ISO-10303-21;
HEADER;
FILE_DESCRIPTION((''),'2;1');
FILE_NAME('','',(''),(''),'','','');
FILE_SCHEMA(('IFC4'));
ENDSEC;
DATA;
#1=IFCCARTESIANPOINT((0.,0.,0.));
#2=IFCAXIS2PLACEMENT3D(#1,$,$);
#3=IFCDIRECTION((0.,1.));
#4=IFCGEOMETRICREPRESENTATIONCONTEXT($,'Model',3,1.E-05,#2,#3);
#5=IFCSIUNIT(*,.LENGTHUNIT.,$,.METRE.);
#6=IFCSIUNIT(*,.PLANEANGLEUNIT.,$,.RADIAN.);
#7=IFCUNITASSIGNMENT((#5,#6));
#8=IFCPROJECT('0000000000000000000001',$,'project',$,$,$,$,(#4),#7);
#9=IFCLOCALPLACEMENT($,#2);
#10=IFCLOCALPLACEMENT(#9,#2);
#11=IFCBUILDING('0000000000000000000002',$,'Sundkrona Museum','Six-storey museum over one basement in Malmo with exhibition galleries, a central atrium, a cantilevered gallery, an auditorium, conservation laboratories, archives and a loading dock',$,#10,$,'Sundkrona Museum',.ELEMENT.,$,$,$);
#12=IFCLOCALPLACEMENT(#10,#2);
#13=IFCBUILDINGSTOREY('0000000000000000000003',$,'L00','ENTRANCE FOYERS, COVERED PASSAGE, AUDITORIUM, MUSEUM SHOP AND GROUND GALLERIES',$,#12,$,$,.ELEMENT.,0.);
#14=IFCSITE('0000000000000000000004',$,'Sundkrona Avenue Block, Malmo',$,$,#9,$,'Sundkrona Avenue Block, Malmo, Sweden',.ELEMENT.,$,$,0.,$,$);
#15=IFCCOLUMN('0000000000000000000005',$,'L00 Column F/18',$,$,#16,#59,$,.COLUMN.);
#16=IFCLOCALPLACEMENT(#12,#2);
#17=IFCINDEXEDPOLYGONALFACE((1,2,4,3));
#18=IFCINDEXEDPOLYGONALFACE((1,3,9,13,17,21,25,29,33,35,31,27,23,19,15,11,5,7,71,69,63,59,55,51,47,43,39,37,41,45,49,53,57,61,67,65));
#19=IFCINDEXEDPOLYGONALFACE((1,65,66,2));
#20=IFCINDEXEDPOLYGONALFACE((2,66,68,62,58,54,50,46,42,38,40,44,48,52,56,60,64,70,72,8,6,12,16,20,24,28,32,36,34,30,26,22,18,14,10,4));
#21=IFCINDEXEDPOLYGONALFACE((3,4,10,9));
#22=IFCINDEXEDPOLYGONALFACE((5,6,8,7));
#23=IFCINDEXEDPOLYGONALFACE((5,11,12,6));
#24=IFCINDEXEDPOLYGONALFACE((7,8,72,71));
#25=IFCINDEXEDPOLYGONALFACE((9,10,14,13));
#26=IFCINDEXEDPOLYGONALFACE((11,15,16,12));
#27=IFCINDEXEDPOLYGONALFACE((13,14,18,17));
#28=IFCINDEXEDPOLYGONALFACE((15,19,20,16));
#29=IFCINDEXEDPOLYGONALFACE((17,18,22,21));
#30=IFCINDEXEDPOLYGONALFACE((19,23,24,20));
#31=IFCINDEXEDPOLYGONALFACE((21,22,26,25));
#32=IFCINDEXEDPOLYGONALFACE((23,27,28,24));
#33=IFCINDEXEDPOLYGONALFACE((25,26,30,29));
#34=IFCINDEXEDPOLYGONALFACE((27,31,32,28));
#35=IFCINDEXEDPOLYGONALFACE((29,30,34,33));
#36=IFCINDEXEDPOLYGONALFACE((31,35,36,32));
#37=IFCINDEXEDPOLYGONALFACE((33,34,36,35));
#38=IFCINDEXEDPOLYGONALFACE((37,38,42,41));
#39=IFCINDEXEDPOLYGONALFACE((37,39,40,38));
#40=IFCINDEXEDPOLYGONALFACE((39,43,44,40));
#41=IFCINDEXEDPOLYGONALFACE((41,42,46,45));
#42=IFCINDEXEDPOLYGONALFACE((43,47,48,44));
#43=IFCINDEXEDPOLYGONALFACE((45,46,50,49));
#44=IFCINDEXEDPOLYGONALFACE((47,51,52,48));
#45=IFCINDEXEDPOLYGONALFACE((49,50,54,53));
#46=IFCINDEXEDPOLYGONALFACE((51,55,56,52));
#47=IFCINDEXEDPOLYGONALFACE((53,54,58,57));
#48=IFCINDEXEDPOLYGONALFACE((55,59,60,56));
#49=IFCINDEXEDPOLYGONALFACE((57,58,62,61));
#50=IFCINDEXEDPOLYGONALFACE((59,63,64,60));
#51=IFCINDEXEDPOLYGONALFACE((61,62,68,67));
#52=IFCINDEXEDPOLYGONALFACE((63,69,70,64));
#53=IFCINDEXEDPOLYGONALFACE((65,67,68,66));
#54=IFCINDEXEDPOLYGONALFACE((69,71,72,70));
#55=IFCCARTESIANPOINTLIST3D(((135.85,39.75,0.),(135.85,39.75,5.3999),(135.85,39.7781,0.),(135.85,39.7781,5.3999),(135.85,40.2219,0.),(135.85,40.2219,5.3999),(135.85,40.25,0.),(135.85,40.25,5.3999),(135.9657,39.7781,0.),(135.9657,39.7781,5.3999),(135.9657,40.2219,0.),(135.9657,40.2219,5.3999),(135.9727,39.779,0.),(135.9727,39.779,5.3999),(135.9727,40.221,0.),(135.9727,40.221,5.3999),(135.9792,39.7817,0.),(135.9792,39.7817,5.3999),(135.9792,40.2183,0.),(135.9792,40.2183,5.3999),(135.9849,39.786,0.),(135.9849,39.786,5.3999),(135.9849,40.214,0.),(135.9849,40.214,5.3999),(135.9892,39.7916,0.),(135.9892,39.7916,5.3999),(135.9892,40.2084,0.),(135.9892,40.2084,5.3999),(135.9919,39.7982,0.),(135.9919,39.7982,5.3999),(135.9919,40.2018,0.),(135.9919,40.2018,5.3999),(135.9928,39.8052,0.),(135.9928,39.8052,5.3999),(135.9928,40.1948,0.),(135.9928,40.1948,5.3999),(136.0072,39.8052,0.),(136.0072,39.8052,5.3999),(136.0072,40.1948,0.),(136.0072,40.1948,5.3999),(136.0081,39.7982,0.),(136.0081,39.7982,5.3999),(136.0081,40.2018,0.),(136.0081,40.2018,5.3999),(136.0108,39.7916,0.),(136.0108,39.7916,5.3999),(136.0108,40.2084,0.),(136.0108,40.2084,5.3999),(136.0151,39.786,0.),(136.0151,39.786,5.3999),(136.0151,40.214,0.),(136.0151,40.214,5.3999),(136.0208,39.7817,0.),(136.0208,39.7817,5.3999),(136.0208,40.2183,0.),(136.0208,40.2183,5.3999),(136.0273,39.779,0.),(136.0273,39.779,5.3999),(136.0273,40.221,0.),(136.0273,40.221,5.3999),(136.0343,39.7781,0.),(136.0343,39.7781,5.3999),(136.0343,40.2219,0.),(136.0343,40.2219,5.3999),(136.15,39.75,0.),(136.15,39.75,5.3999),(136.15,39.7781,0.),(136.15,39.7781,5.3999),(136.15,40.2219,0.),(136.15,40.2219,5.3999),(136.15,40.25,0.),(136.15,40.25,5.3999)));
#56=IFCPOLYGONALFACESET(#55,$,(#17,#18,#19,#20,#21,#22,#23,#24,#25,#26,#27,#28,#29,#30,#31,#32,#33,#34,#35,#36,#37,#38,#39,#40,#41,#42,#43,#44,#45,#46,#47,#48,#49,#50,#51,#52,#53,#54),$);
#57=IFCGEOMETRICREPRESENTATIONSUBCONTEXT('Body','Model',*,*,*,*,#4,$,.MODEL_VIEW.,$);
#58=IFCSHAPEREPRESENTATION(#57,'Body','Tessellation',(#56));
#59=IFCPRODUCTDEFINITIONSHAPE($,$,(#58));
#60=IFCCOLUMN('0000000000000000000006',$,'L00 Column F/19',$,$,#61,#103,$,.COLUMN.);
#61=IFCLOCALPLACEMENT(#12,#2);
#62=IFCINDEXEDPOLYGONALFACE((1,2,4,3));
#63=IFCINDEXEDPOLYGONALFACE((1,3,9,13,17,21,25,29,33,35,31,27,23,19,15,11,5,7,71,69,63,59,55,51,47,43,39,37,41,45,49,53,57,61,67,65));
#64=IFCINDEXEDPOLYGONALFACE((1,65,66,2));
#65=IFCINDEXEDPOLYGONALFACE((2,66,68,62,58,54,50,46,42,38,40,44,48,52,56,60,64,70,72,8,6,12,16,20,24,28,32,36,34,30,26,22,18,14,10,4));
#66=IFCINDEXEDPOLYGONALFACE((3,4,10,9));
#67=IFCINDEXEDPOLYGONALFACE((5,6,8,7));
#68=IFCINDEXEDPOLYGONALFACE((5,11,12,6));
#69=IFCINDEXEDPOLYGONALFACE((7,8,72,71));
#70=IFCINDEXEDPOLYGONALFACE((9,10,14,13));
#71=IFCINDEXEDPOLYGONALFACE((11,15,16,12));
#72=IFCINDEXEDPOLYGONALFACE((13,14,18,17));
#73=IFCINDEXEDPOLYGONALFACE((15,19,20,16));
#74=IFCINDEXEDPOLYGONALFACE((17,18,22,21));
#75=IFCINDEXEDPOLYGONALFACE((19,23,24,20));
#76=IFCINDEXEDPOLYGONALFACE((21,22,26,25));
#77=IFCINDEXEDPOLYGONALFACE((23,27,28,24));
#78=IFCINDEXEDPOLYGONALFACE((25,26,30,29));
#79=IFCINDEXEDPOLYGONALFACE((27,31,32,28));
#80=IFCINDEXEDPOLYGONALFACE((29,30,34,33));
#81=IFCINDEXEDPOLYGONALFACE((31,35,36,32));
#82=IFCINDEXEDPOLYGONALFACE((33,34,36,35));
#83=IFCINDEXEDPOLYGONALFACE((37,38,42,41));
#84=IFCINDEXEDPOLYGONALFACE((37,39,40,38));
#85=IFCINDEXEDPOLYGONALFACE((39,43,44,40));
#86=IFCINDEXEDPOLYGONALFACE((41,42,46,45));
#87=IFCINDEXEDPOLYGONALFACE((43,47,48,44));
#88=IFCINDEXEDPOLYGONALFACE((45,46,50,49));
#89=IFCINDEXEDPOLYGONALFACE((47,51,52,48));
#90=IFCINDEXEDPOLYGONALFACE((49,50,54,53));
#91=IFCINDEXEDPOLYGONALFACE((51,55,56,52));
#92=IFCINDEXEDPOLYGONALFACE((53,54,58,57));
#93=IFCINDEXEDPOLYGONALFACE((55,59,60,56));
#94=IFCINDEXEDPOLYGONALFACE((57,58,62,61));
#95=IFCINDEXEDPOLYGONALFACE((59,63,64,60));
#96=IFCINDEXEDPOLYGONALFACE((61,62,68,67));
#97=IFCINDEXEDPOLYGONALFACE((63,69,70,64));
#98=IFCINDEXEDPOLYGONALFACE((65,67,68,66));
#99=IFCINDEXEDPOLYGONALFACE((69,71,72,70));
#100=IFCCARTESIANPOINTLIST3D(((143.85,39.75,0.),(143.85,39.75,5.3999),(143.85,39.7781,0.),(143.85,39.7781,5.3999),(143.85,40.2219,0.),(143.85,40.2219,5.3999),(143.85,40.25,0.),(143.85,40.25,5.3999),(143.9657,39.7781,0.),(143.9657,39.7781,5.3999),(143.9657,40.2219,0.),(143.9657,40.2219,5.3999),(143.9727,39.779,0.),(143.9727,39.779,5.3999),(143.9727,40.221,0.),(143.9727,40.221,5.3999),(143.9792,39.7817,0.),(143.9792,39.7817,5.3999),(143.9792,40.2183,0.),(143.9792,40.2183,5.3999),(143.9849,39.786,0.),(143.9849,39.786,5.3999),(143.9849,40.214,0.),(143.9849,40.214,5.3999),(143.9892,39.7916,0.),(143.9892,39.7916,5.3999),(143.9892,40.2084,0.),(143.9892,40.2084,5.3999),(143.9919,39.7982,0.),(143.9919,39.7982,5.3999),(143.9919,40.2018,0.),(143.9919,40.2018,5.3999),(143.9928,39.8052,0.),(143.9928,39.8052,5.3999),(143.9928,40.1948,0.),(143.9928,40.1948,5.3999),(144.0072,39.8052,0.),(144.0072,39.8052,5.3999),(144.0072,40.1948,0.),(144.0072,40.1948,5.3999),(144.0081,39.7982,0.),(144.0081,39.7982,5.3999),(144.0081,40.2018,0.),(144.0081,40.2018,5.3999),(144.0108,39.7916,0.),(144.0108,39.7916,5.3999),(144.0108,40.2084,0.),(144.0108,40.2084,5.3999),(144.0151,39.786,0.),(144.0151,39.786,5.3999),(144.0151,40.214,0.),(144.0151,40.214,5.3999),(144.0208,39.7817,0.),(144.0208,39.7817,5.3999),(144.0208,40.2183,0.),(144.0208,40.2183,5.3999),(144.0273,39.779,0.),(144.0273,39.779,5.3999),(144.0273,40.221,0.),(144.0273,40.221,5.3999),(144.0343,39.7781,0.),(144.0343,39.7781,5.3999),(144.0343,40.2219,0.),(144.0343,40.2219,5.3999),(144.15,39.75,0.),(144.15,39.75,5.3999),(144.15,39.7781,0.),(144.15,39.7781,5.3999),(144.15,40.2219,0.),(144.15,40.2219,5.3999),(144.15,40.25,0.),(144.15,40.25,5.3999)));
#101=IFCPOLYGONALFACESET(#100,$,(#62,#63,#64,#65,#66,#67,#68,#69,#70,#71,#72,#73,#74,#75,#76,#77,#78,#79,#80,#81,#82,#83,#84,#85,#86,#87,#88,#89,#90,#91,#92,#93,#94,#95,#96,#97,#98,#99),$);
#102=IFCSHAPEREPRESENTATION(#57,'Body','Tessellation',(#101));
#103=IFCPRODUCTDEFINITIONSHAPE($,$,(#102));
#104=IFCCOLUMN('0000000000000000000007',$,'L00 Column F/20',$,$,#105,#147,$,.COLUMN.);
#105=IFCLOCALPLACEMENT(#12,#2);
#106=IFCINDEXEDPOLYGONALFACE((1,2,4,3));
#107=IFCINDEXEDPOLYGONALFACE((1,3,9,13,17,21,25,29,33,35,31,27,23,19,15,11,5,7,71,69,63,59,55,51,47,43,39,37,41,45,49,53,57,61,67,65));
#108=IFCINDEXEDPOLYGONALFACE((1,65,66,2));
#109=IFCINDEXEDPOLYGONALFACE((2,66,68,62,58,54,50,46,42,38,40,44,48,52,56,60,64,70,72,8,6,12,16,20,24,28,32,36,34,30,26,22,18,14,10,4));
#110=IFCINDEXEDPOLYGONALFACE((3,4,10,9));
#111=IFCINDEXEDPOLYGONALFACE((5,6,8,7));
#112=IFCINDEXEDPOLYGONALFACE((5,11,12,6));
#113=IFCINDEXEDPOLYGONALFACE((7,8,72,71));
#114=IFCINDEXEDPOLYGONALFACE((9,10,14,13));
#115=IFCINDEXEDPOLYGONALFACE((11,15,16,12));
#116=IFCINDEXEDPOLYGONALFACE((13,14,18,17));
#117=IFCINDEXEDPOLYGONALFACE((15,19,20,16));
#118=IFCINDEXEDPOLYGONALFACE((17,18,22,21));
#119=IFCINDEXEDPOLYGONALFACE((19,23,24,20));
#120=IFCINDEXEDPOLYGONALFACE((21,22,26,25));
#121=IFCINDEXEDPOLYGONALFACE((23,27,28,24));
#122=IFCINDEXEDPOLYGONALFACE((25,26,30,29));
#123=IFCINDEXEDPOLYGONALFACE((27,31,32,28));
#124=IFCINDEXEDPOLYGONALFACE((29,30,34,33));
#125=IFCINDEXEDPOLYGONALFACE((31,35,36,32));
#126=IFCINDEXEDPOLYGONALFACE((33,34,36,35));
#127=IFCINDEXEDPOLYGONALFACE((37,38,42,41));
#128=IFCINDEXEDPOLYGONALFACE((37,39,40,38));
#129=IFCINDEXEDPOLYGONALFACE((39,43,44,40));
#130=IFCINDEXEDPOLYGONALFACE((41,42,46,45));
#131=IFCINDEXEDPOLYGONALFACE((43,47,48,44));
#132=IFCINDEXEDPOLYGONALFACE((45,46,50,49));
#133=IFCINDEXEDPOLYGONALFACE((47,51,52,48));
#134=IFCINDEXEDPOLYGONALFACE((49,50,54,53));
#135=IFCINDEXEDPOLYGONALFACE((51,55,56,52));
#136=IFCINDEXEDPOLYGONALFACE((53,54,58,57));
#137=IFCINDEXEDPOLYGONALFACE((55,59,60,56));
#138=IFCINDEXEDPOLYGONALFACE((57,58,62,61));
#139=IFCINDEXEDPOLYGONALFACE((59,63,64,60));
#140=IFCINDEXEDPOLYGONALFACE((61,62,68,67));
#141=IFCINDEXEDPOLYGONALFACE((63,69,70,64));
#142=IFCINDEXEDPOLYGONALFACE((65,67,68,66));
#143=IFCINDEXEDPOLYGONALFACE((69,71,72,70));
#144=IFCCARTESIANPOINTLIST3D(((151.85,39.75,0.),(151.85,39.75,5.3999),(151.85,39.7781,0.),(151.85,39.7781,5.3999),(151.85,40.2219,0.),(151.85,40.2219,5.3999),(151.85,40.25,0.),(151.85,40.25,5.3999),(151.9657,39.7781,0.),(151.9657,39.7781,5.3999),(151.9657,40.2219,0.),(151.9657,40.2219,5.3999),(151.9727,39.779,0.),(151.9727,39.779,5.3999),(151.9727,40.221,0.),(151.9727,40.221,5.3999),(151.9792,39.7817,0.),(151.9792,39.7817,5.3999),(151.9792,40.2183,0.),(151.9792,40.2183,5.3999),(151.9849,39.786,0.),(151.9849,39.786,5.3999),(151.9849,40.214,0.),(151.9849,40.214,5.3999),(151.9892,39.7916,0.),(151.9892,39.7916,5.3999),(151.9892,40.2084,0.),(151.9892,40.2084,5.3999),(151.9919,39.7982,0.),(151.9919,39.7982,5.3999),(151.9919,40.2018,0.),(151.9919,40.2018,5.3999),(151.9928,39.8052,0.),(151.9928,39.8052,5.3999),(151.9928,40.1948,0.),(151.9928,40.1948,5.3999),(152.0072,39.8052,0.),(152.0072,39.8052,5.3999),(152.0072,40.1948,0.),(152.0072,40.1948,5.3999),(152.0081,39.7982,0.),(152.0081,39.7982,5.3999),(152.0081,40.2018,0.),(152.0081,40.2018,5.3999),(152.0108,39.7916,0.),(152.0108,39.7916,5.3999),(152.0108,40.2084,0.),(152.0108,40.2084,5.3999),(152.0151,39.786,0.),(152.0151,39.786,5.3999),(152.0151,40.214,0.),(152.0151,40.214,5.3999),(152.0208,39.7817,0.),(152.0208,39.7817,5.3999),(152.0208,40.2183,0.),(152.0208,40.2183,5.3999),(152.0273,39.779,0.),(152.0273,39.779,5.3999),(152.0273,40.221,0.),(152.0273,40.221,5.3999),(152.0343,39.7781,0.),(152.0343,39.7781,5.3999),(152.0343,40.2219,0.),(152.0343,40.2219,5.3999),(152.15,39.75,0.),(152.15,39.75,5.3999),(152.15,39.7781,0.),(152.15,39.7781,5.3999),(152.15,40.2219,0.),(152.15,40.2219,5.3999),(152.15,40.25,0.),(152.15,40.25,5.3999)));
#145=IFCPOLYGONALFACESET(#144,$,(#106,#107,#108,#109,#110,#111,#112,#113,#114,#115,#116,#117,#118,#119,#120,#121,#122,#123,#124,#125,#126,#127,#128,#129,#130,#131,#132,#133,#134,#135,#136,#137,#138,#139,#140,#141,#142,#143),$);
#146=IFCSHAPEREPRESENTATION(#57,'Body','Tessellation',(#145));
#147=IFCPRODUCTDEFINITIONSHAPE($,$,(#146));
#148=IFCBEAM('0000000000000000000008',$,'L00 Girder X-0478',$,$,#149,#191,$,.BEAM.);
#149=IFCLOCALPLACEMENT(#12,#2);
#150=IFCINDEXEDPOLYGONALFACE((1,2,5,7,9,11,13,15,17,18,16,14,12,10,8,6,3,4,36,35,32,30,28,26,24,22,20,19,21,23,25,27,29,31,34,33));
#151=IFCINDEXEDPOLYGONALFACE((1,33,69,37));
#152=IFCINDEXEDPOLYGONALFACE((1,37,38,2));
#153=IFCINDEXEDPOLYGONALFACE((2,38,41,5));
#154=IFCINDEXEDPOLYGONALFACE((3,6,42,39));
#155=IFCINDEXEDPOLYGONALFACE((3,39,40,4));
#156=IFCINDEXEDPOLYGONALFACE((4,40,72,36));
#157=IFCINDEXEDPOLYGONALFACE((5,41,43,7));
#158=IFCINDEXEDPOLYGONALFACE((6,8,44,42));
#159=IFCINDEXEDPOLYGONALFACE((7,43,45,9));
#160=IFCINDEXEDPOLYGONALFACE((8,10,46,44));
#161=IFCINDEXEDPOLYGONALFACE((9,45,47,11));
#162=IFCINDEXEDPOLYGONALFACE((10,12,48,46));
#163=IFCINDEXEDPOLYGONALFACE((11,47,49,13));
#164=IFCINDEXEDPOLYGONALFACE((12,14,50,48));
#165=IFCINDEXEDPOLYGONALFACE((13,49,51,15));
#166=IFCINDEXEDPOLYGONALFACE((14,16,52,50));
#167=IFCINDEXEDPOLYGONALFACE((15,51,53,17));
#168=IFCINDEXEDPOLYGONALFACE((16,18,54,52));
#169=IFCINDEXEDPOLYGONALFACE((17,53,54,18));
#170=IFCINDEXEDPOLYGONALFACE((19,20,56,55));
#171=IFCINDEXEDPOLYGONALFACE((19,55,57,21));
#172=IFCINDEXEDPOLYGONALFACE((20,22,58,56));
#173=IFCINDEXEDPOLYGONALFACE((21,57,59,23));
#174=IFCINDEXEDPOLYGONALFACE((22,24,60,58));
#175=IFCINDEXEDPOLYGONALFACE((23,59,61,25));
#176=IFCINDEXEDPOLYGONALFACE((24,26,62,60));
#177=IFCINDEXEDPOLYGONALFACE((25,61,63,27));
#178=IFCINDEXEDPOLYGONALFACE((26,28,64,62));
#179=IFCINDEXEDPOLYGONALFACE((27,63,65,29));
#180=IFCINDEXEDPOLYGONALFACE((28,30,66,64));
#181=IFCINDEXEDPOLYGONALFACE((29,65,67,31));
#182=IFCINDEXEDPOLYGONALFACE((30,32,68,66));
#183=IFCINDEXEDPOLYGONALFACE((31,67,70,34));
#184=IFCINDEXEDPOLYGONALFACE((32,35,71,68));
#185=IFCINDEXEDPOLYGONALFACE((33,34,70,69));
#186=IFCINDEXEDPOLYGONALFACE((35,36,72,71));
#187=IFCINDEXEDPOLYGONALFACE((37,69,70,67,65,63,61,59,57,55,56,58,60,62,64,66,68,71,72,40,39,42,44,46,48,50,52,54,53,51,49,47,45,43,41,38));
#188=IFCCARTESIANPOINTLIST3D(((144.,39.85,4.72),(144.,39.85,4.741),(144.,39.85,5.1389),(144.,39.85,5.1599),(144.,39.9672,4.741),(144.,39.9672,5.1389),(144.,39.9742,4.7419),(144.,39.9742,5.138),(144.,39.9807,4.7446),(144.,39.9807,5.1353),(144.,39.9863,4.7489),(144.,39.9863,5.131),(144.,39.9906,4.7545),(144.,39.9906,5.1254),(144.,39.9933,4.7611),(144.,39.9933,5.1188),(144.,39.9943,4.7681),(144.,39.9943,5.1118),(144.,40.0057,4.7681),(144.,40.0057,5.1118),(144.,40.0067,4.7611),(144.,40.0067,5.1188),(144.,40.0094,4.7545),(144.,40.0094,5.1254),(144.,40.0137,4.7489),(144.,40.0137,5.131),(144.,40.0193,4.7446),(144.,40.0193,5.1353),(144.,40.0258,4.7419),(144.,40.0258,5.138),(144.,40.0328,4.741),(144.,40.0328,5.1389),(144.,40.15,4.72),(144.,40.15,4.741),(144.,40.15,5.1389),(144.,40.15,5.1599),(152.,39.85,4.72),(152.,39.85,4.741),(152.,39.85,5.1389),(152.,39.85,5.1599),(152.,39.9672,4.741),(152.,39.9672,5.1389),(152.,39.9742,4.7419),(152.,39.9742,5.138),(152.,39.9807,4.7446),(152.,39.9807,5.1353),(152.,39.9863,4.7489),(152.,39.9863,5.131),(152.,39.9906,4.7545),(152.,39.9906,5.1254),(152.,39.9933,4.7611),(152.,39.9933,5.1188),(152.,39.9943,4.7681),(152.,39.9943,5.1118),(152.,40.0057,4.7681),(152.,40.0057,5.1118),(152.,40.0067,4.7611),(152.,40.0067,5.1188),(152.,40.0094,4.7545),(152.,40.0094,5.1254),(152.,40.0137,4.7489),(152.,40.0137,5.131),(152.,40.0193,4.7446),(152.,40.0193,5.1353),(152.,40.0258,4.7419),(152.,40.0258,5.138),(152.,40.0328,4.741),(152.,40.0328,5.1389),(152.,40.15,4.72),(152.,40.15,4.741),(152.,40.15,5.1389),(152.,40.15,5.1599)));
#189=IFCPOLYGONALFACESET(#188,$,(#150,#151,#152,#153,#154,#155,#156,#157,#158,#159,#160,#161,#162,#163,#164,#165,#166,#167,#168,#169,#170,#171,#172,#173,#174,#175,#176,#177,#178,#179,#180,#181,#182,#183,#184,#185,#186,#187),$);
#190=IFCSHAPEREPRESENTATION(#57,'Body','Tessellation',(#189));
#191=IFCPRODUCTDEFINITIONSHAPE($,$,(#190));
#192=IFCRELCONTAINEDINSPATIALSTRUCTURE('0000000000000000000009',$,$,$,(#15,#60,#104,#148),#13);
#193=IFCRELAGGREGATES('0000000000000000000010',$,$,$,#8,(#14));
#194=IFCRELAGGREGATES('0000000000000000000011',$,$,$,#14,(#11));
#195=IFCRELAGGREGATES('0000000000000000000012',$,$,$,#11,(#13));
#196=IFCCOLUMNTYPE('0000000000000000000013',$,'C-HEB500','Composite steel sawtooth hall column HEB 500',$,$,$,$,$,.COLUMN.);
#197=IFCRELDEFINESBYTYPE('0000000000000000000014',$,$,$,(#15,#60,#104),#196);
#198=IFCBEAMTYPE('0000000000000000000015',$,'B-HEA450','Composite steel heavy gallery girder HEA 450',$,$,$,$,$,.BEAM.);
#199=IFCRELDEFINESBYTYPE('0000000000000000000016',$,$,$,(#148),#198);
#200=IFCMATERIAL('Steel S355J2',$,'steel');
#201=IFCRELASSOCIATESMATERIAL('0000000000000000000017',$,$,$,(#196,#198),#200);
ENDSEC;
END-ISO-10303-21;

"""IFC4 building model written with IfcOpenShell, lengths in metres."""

from ifc_helpers import new_model, si_unit, direction, frame, origin, origin_2d, place, context, subcontext, project, spatial, i_section, extrude, material, material_profile, profile_set, type_object, element, save


model = new_model("IFC4")

# Units and contexts
model_context = context("Model", 3, precision=1e-05, world=origin(), true_north=direction((0.0, 1.0)))
body_context = subcontext(model_context, "Body", "Model", "MODEL_VIEW")
ifc_project = project(units=[si_unit("LENGTHUNIT", "METRE"), si_unit("PLANEANGLEUNIT", "RADIAN")], contexts=[model_context])

# Site, building, storey
site_placement = place(None, origin())
site = spatial("IfcSite", under=ifc_project, at=site_placement, Name="Sundkrona Avenue Block, Malmo", LongName="Sundkrona Avenue Block, Malmo, Sweden", CompositionType="ELEMENT", RefElevation=0.0)
building_placement = place(site_placement, origin())
building = spatial("IfcBuilding", under=site, at=building_placement, Name="Sundkrona Museum", Description="Six-storey museum over one basement in Malmo with exhibition galleries, a central atrium, a cantilevered gallery, an auditorium, conservation laboratories, archives and a loading dock", LongName="Sundkrona Museum", CompositionType="ELEMENT")
storey_placement = place(building_placement, origin())
storey = spatial("IfcBuildingStorey", under=building, at=storey_placement, Name="L00", Description="ENTRANCE FOYERS, COVERED PASSAGE, AUDITORIUM, MUSEUM SHOP AND GROUND GALLERIES", CompositionType="ELEMENT", Elevation=0.0)

# Columns
ifc_material_1 = material(Name="Steel S355J2", Category="steel")
ifc_material_profile_1 = material_profile(ifc_material_1, i_section(OverallWidth=0.3, OverallDepth=0.5, WebThickness=0.0144, FlangeThickness=0.0281, FilletRadius=0.0271, at=origin_2d()), Name="HEB 500")
ifc_profile_set_1 = profile_set([ifc_material_profile_1], Name="Steel S355J2")
column_type = type_object("IfcColumnType", Name="C-HEB500", Description="Composite steel sawtooth hall column HEB 500", PredefinedType="COLUMN", material=ifc_profile_set_1)
for number, where, z_axis, x_axis, name in (
    (1, (136.0, 40.0, 0.0), (0.0, 0.0, 1.0), (1.0, 0.0, 0.0), "L00 Column F/18"),
    (2, (144.0, 40.0, 0.0), (0.0, 0.0, 1.0), (1.0, 0.0, 0.0), "L00 Column F/19"),
    (3, (152.0, 40.0, 0.0), (0.0, 0.0, 1.0), (1.0, 0.0, 0.0), "L00 Column F/20"),
):
    element("IfcColumn", number, at=place(storey_placement, frame(where, z_axis=z_axis, x_axis=x_axis)), inside=storey, type_object=column_type, Name=name, PredefinedType="COLUMN", context=body_context, shape_type="SweptSolid", body=[
        extrude(i_section(OverallWidth=0.3, OverallDepth=0.5, WebThickness=0.0144, FlangeThickness=0.0281, FilletRadius=0.0271, at=origin_2d()), origin(), (0.0, 0.0, 1.0), 5.3999),
    ])

# Beam
ifc_material_profile_2 = material_profile(ifc_material_1, i_section(OverallWidth=0.3, OverallDepth=0.4399, WebThickness=0.0115, FlangeThickness=0.021, FilletRadius=0.0271, at=origin_2d()), Name="HEA 450")
ifc_profile_set_2 = profile_set([ifc_material_profile_2], Name="Steel S355J2")
beam_type_1 = type_object("IfcBeamType", Name="B-HEA450", Description="Composite steel heavy gallery girder HEA 450", PredefinedType="BEAM", material=ifc_profile_set_2)
beam_1_placement = place(storey_placement, frame((144.0, 40.0, 4.9399), z_axis=(1.0, 0.0, 0.0), x_axis=(0.0, 1.0, 0.0)))
element("IfcBeam", 4, at=beam_1_placement, inside=storey, type_object=beam_type_1, Name="L00 Girder X-0478", PredefinedType="BEAM", context=body_context, shape_type="SweptSolid", body=[
    extrude(i_section(OverallWidth=0.3, OverallDepth=0.4399, WebThickness=0.0115, FlangeThickness=0.021, FilletRadius=0.0271, at=origin_2d()), origin(), (0.0, 0.0, 1.0), 8.0),
])

save(model, "model.ifc")
